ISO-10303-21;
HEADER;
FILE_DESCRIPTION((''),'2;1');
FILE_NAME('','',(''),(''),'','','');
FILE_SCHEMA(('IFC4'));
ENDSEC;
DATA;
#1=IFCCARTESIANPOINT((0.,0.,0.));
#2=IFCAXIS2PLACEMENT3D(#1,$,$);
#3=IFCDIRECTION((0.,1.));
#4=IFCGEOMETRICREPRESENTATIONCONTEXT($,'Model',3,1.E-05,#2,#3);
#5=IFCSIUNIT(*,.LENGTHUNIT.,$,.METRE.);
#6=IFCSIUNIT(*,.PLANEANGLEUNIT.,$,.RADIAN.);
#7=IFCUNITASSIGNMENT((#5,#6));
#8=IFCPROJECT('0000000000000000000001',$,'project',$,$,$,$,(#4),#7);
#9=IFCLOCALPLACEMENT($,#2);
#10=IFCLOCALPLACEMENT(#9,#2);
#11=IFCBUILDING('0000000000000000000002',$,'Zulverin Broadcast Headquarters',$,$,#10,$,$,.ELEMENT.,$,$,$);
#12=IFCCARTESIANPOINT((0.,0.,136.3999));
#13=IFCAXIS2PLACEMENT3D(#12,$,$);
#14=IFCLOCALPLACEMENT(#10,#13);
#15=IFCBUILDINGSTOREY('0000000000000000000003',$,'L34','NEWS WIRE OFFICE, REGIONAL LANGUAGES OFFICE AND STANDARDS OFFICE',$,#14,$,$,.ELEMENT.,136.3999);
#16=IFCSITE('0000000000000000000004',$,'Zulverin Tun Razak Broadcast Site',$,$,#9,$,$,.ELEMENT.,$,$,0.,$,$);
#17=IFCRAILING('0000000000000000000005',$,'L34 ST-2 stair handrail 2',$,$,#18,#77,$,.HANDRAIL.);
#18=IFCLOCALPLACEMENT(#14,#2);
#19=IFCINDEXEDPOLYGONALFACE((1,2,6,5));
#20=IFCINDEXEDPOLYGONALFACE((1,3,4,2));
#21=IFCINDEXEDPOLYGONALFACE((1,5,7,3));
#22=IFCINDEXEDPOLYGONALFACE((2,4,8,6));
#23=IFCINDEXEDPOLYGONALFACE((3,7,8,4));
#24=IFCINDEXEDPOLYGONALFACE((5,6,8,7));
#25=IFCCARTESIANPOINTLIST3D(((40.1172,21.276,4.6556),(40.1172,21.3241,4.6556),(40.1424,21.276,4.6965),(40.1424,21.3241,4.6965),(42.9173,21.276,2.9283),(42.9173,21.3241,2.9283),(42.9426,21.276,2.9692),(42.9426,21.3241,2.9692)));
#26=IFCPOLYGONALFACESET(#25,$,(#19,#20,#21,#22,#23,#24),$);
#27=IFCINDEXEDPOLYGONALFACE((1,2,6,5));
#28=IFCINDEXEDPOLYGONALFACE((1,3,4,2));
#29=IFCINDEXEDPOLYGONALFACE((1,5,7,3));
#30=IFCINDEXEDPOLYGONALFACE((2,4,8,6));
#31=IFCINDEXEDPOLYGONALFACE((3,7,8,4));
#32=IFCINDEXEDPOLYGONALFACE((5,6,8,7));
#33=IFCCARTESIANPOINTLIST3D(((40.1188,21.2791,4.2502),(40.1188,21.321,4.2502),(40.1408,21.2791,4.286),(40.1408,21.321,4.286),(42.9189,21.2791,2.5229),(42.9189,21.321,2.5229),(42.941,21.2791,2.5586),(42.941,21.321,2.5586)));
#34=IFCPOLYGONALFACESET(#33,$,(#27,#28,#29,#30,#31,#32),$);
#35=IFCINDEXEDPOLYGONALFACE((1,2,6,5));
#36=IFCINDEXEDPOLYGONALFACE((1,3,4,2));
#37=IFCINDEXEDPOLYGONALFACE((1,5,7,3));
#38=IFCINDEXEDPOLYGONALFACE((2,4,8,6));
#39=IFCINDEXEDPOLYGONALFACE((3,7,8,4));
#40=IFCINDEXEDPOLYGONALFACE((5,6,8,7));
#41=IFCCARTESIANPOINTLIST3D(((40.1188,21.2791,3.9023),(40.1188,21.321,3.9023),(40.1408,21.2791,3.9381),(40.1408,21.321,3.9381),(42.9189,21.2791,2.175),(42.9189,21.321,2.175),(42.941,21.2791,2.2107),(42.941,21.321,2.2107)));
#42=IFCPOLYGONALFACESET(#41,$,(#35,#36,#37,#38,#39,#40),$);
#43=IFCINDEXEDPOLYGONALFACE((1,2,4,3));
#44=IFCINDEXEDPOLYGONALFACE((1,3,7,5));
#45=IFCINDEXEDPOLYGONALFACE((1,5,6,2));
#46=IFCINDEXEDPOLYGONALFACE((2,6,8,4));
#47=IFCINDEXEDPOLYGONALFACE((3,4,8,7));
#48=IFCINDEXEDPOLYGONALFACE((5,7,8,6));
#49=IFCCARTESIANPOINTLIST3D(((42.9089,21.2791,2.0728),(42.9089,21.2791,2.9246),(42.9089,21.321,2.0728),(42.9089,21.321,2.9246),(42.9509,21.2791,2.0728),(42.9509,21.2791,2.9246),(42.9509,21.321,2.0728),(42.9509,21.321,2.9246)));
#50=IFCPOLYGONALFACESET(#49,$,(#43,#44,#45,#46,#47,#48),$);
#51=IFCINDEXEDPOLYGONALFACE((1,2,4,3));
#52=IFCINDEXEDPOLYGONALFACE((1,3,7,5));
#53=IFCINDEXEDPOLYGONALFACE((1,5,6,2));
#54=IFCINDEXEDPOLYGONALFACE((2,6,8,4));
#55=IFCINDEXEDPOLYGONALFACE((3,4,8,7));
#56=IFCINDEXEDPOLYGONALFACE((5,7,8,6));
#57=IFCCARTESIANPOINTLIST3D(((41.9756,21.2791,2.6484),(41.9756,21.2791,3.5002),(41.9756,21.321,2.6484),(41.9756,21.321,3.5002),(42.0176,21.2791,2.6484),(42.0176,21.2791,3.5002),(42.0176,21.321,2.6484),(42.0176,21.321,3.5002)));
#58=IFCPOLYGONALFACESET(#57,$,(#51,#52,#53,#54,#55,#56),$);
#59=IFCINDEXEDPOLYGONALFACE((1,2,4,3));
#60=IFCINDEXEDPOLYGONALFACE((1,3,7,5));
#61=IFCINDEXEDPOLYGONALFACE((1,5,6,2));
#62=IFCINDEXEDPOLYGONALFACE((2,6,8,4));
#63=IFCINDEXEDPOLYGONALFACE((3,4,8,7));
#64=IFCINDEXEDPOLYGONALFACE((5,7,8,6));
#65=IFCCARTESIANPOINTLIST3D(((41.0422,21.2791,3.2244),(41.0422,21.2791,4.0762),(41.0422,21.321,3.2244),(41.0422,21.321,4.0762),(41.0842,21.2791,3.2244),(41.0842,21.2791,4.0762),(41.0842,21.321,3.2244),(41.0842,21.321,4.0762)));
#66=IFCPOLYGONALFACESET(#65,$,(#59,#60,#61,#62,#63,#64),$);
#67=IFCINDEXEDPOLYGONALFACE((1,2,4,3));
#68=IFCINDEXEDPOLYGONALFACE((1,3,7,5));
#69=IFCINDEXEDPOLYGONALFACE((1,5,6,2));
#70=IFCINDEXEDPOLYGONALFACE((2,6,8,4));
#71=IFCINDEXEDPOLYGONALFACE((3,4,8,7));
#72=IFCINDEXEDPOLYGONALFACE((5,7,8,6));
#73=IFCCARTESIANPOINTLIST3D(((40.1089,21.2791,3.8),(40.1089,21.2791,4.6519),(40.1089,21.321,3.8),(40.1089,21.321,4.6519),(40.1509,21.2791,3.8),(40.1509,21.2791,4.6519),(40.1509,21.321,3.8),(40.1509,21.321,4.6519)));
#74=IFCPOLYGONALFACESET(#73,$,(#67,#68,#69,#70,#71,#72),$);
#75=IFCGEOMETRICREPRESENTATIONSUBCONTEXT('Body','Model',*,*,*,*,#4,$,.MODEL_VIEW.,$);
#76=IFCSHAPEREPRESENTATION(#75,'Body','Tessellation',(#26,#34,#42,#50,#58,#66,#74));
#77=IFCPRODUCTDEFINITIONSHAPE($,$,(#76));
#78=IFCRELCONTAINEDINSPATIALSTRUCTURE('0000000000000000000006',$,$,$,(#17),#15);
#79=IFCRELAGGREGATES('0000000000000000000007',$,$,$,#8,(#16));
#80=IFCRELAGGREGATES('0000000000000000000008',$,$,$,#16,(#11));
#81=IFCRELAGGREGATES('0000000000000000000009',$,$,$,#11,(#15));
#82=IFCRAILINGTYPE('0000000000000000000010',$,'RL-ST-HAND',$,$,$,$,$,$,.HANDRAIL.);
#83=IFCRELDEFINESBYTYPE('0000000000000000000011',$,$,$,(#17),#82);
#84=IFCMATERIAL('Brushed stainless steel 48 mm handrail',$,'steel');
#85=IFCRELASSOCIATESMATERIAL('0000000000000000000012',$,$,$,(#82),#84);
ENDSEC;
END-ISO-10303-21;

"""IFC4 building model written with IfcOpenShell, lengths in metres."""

from ifc_helpers import new_model, si_unit, direction, frame, origin, origin_2d, place, context, subcontext, project, spatial, rectangle, extrude, material, type_object, element, save


model = new_model("IFC4")

# Units and contexts
model_context = context("Model", 3, precision=1e-05, world=origin(), true_north=direction((0.0, 1.0)))
body_context = subcontext(model_context, "Body", "Model", "MODEL_VIEW")
ifc_project = project(units=[si_unit("LENGTHUNIT", "METRE"), si_unit("PLANEANGLEUNIT", "RADIAN")], contexts=[model_context])

# Site, building, storey
site_placement = place(None, origin())
site = spatial("IfcSite", under=ifc_project, at=site_placement, Name="Zulverin Tun Razak Broadcast Site", CompositionType="ELEMENT", RefElevation=0.0)
building_placement = place(site_placement, origin())
building = spatial("IfcBuilding", under=site, at=building_placement, Name="Zulverin Broadcast Headquarters", CompositionType="ELEMENT")
storey_placement = place(building_placement, frame((0.0, 0.0, 136.3999)))
storey = spatial("IfcBuildingStorey", under=building, at=storey_placement, Name="L34", Description="NEWS WIRE OFFICE, REGIONAL LANGUAGES OFFICE AND STANDARDS OFFICE", CompositionType="ELEMENT", Elevation=136.3999)

# Railing
ifc_material_1 = material(Name="Brushed stainless steel 48 mm handrail", Category="steel")
railing_type_1 = type_object("IfcRailingType", Name="RL-ST-HAND", PredefinedType="HANDRAIL", material=ifc_material_1)
railing_1_placement = place(storey_placement, frame((42.9299, 21.3, 2.0728)))
element("IfcRailing", 1, at=railing_1_placement, inside=storey, type_object=railing_type_1, Name="L34 ST-2 stair handrail 2", PredefinedType="HANDRAIL", context=body_context, shape_type="SweptSolid", body=[
    extrude(rectangle(XDim=0.0481, YDim=0.0481, at=origin_2d()), frame((0.0, 0.0, 0.876), z_axis=(-0.85109, 0.0, 0.52502), x_axis=(0.0, -1.0, 0.0)), (0.0, 0.0, 1.0), 3.29),
    extrude(rectangle(XDim=0.042, YDim=0.042, at=origin_2d()), frame((0.0, 0.0, 0.468), z_axis=(-0.85109, 0.0, 0.52502), x_axis=(0.0, -1.0, 0.0)), (0.0, 0.0, 1.0), 3.29),
    extrude(rectangle(XDim=0.042, YDim=0.042, at=origin_2d()), frame((0.0, 0.0, 0.1201), z_axis=(-0.85109, 0.0, 0.52502), x_axis=(0.0, -1.0, 0.0)), (0.0, 0.0, 1.0), 3.29),
    extrude(rectangle(XDim=0.042, YDim=0.042, at=origin_2d()), origin(), (0.0, 0.0, 1.0), 0.8518),
    extrude(rectangle(XDim=0.042, YDim=0.042, at=origin_2d()), frame((-0.9333, 0.0, 0.5757)), (0.0, 0.0, 1.0), 0.8518),
    extrude(rectangle(XDim=0.042, YDim=0.042, at=origin_2d()), frame((-1.8667, 0.0, 1.1516)), (0.0, 0.0, 1.0), 0.8518),
    extrude(rectangle(XDim=0.042, YDim=0.042, at=origin_2d()), frame((-2.8, 0.0, 1.7273)), (0.0, 0.0, 1.0), 0.8518),
])

save(model, "model.ifc")
